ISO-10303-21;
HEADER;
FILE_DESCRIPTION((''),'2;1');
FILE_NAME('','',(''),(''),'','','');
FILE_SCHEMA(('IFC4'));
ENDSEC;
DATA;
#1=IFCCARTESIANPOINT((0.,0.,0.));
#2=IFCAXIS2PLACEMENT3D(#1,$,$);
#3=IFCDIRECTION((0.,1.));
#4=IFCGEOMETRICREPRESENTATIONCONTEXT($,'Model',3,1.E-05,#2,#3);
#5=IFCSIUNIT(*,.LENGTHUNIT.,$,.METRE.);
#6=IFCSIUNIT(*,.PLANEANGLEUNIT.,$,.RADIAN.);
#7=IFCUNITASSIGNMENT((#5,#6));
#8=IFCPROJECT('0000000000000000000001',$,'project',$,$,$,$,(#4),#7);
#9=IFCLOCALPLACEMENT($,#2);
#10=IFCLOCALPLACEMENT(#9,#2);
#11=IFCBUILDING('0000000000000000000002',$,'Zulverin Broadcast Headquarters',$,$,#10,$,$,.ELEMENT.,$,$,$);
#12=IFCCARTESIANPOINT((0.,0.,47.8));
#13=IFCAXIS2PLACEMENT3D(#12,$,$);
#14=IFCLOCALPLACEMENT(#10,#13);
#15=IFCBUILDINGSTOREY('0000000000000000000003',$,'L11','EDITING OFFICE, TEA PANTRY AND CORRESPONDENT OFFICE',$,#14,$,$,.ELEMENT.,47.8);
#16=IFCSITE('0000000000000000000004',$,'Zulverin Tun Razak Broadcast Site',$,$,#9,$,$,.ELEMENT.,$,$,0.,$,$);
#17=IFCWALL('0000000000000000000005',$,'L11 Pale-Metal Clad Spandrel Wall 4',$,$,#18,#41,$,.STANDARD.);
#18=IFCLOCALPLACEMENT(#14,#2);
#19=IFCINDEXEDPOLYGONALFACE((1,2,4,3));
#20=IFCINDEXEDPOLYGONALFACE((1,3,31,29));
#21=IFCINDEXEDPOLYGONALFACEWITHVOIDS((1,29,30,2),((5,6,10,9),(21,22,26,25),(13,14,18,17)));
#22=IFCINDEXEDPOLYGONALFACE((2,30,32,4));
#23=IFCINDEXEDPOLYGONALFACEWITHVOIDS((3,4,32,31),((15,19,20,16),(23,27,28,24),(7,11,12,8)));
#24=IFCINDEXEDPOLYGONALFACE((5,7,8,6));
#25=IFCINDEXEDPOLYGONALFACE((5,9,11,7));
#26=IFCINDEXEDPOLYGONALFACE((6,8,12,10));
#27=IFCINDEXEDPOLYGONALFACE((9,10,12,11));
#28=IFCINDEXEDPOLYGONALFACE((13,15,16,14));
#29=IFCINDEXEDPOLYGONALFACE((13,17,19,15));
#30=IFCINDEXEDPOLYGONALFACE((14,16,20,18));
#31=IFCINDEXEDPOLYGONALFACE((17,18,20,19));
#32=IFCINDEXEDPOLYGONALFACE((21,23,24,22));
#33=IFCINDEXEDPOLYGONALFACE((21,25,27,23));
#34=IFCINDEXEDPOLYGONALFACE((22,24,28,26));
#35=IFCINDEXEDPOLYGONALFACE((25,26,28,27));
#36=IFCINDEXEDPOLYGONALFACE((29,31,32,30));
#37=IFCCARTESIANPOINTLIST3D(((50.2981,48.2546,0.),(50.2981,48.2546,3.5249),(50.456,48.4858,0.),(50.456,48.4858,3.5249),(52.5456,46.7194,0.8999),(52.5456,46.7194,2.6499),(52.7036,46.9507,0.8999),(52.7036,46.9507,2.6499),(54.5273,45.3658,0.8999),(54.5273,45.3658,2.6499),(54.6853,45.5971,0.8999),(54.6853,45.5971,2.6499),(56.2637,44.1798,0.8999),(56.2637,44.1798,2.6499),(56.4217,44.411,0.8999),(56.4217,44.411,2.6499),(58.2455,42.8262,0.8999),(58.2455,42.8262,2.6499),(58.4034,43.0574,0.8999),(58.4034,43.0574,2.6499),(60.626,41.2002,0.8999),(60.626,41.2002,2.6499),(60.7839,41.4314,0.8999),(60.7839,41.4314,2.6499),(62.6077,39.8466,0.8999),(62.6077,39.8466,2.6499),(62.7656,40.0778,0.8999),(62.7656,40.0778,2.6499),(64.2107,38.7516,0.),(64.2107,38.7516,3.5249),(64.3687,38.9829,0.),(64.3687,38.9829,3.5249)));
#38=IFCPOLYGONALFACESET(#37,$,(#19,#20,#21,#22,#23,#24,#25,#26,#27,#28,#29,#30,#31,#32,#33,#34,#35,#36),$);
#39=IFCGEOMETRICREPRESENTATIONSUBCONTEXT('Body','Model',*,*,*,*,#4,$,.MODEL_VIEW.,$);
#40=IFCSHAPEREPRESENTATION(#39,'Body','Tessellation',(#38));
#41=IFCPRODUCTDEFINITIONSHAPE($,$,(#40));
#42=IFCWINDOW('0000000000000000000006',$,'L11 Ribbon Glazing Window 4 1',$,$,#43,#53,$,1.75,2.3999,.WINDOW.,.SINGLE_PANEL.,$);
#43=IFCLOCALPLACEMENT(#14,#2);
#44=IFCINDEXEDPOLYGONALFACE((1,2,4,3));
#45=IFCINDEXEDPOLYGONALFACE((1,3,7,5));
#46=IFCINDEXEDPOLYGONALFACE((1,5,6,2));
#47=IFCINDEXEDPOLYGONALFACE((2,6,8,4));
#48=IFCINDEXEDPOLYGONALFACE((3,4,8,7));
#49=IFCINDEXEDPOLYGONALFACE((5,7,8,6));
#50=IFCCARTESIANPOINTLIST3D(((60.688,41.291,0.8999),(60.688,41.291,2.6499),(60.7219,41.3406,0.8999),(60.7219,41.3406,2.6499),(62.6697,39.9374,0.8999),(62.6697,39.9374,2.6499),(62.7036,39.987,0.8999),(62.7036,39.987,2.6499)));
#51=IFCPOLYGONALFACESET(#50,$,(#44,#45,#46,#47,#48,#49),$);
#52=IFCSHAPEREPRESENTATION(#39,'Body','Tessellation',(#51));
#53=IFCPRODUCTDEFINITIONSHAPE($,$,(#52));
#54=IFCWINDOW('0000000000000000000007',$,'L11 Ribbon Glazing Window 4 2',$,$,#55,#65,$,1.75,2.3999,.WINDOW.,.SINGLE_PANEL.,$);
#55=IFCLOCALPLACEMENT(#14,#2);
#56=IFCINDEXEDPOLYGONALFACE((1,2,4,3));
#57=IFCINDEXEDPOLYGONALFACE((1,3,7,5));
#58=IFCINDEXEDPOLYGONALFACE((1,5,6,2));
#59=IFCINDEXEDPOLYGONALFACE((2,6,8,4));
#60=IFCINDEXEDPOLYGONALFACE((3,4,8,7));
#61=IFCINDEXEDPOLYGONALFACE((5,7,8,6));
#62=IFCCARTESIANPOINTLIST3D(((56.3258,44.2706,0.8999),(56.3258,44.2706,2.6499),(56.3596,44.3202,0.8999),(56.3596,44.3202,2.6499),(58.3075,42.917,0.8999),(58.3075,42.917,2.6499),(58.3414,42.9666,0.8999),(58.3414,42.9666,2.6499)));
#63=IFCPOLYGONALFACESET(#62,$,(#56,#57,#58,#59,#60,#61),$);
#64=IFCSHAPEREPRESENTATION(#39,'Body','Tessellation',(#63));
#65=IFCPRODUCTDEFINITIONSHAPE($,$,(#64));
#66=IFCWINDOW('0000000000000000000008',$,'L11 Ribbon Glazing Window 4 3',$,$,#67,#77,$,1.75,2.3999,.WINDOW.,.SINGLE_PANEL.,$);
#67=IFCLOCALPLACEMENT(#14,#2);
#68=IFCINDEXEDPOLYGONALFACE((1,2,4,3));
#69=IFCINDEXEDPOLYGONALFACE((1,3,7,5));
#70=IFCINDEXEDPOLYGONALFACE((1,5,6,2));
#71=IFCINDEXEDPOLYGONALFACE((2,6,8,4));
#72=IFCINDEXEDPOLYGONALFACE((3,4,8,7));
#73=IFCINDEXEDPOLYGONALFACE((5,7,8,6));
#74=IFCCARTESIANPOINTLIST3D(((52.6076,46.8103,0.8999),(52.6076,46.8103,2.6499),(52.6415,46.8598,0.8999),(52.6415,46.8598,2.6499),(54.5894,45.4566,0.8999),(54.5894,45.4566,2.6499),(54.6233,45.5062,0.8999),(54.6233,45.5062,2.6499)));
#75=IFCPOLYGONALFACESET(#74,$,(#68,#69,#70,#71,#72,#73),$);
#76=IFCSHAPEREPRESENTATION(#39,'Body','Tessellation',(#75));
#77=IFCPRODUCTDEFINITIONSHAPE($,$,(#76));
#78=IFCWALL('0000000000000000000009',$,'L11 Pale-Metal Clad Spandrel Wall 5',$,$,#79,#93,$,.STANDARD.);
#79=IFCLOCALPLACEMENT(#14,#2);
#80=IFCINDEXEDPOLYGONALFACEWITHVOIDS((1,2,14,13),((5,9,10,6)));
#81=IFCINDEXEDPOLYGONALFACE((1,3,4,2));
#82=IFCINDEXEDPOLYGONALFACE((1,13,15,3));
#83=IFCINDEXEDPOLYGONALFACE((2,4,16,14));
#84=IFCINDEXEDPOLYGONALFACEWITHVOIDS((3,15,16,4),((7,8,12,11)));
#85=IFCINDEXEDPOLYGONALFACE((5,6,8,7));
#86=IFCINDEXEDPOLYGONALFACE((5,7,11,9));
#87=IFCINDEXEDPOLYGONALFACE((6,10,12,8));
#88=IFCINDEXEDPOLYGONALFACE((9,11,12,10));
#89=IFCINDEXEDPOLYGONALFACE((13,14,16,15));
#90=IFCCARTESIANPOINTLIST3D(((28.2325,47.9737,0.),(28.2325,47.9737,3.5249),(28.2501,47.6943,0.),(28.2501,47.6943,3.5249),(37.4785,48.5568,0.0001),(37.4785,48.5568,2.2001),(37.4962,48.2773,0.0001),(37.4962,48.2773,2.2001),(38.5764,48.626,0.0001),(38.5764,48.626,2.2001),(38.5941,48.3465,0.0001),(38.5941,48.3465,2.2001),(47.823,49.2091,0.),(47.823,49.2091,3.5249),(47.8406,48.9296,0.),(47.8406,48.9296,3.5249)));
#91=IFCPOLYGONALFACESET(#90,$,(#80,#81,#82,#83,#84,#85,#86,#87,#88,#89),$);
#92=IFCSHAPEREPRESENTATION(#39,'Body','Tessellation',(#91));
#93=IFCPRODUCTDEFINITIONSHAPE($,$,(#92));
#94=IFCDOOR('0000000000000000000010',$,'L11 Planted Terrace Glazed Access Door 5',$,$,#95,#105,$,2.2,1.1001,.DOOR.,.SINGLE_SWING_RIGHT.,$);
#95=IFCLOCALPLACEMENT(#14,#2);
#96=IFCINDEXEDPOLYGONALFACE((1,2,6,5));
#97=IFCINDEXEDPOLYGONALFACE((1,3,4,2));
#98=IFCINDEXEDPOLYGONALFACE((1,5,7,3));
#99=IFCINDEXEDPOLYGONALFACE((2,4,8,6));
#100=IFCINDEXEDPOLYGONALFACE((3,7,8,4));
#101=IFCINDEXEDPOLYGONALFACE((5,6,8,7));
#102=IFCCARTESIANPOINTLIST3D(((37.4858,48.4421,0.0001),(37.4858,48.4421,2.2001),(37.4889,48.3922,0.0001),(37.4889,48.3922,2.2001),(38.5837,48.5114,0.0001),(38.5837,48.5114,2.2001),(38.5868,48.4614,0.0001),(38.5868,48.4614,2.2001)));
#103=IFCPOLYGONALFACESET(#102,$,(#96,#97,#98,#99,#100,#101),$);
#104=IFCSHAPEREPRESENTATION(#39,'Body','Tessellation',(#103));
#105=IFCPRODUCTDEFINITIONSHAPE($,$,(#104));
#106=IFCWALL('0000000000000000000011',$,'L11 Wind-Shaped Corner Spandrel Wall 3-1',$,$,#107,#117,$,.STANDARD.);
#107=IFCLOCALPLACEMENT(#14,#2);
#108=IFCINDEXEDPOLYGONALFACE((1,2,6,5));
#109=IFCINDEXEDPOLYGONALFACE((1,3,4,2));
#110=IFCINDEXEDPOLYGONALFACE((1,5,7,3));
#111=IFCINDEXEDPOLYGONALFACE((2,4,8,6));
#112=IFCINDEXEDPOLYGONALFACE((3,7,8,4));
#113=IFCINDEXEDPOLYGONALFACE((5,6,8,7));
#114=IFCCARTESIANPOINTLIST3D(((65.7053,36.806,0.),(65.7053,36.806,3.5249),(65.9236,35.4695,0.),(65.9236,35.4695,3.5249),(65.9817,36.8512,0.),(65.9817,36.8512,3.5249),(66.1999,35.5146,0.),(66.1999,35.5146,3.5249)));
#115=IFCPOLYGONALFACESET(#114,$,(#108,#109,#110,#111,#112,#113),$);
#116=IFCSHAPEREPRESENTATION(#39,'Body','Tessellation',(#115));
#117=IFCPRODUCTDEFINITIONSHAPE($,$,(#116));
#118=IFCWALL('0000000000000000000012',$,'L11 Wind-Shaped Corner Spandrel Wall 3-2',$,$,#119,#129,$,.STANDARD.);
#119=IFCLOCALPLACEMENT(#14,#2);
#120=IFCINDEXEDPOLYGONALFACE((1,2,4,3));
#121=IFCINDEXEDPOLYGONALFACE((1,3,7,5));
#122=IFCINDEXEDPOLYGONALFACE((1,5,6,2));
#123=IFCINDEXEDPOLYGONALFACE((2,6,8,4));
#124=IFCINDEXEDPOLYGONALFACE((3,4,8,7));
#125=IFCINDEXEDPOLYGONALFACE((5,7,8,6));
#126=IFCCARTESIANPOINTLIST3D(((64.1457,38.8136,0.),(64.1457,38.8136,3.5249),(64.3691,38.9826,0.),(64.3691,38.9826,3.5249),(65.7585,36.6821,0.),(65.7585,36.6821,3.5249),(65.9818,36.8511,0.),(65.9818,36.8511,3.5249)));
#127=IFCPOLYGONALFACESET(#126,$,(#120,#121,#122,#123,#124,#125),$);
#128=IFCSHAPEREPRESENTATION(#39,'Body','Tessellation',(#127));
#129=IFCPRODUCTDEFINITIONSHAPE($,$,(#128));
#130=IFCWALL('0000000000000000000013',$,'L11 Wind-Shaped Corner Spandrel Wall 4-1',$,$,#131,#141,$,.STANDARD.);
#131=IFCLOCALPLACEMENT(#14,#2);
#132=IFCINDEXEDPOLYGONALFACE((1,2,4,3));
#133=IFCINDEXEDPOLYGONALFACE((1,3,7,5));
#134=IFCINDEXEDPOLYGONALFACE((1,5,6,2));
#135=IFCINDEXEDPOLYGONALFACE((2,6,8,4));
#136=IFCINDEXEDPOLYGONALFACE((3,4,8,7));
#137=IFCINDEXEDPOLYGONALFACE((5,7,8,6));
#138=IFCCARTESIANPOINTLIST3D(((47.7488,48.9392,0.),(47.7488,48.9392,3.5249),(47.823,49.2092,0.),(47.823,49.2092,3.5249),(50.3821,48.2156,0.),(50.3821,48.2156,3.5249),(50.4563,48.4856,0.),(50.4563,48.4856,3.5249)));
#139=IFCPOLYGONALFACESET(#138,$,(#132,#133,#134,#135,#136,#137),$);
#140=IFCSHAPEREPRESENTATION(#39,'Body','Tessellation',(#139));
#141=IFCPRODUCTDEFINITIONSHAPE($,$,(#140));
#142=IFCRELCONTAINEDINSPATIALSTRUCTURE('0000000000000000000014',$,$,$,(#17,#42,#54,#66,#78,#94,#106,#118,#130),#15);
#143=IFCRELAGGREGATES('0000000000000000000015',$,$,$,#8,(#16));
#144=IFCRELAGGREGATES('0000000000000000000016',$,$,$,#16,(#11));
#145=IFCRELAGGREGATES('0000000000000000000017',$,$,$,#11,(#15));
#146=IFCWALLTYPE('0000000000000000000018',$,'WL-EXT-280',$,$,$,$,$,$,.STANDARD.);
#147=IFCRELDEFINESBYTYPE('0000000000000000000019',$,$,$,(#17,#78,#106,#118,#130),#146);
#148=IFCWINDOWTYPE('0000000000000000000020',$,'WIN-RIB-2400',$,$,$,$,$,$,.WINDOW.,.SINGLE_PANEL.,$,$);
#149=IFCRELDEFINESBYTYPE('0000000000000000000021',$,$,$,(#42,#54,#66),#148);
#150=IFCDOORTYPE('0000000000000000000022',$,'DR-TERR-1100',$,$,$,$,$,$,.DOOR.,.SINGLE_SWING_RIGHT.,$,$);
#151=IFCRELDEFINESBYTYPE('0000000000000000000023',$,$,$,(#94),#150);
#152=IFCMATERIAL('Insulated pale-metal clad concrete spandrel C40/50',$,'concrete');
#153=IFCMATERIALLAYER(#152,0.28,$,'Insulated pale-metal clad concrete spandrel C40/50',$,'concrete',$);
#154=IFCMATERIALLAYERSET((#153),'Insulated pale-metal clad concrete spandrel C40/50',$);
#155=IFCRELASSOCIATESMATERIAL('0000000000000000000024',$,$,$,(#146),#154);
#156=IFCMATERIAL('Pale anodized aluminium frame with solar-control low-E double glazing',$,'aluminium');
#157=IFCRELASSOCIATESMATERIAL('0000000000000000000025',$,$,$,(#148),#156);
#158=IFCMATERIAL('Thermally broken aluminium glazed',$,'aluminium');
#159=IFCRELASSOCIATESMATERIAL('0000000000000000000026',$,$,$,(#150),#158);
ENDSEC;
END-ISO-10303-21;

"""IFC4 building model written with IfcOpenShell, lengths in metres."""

from ifc_helpers import new_model, si_unit, direction, frame, frame_2d, origin, place, context, subcontext, project, spatial, rectangle, extrude, material, layer, layer_set, type_object, element, fill, save


model = new_model("IFC4")

# Units and contexts
model_context = context("Model", 3, precision=1e-05, world=origin(), true_north=direction((0.0, 1.0)))
body_context = subcontext(model_context, "Body", "Model", "MODEL_VIEW")
ifc_project = project(units=[si_unit("LENGTHUNIT", "METRE"), si_unit("PLANEANGLEUNIT", "RADIAN")], contexts=[model_context])

# Site, building, storey
site_placement = place(None, origin())
site = spatial("IfcSite", under=ifc_project, at=site_placement, Name="Zulverin Tun Razak Broadcast Site", CompositionType="ELEMENT", RefElevation=0.0)
building_placement = place(site_placement, origin())
building = spatial("IfcBuilding", under=site, at=building_placement, Name="Zulverin Broadcast Headquarters", CompositionType="ELEMENT")
storey_placement = place(building_placement, frame((0.0, 0.0, 47.8)))
storey = spatial("IfcBuildingStorey", under=building, at=storey_placement, Name="L11", Description="EDITING OFFICE, TEA PANTRY AND CORRESPONDENT OFFICE", CompositionType="ELEMENT", Elevation=47.8)

# Wall, openings, windows
ifc_material_1 = material(Name="Insulated pale-metal clad concrete spandrel C40/50", Category="concrete")
ifc_layer_1 = layer(ifc_material_1, 0.28, Name="Insulated pale-metal clad concrete spandrel C40/50", Category="concrete")
ifc_layer_set_1 = layer_set([ifc_layer_1], Name="Insulated pale-metal clad concrete spandrel C40/50")
wall_type = type_object("IfcWallType", Name="WL-EXT-280", PredefinedType="STANDARD", material=ifc_layer_set_1)
wall_1_placement = place(storey_placement, frame((64.2898, 38.8672, 0.0), z_axis=(0.0, 0.0, 1.0), x_axis=(-0.825756, 0.564028, 0.0)))
wall_1 = element("IfcWall", 1, at=wall_1_placement, inside=storey, type_object=wall_type, Name="L11 Pale-Metal Clad Spandrel Wall 4", PredefinedType="STANDARD", context=body_context, shape_type="SweptSolid", body=[
    extrude(rectangle(XDim=16.8484, YDim=0.28, at=frame_2d((8.4243, 0.0))), origin(), (0.0, 0.0, 1.0), 3.5249),
])
opening_1_placement = place(wall_1_placement, frame((1.9414, 0.0, 0.8999)))
opening_1 = element("IfcOpeningElement", 2, at=opening_1_placement, cuts=wall_1, PredefinedType="OPENING", context=body_context, shape_type="SweptSolid", body=[
    extrude(rectangle(XDim=2.3999, YDim=1.75, at=frame_2d((1.2, 0.875))), frame((0.0, 0.1499, 0.0), z_axis=(0.0, -1.0, 0.0), x_axis=(1.0, 0.0, 0.0)), (0.0, 0.0, 1.0), 0.3),
])
opening_2_placement = place(wall_1_placement, frame((7.2241, 0.0, 0.8999)))
opening_2 = element("IfcOpeningElement", 3, at=opening_2_placement, cuts=wall_1, PredefinedType="OPENING", context=body_context, shape_type="SweptSolid", body=[
    extrude(rectangle(XDim=2.3999, YDim=1.75, at=frame_2d((1.2, 0.875))), frame((0.0, 0.1499, 0.0), z_axis=(0.0, -1.0, 0.0), x_axis=(1.0, 0.0, 0.0)), (0.0, 0.0, 1.0), 0.3),
])
opening_3_placement = place(wall_1_placement, frame((11.7268, 0.0, 0.8999)))
opening_3 = element("IfcOpeningElement", 4, at=opening_3_placement, cuts=wall_1, PredefinedType="OPENING", context=body_context, shape_type="SweptSolid", body=[
    extrude(rectangle(XDim=2.3999, YDim=1.75, at=frame_2d((1.2, 0.875))), frame((0.0, 0.1499, 0.0), z_axis=(0.0, -1.0, 0.0), x_axis=(1.0, 0.0, 0.0)), (0.0, 0.0, 1.0), 0.3),
])
ifc_material_2 = material(Name="Pale anodized aluminium frame with solar-control low-E double glazing", Category="aluminium")
window_type = type_object("IfcWindowType", Name="WIN-RIB-2400", PartitioningType="SINGLE_PANEL", PredefinedType="WINDOW", material=ifc_material_2)
window_1_placement = place(opening_1_placement, origin())
window_1 = element("IfcWindow", 5, at=window_1_placement, inside=storey, type_object=window_type, Name="L11 Ribbon Glazing Window 4 1", OverallHeight=1.75, OverallWidth=2.3999, PartitioningType="SINGLE_PANEL", PredefinedType="WINDOW", context=body_context, shape_type="SweptSolid", body=[
    extrude(rectangle(XDim=2.3999, YDim=1.75, at=frame_2d((1.2, 0.875))), frame((0.0, 0.03, 0.0), z_axis=(0.0, -1.0, 0.0), x_axis=(1.0, 0.0, 0.0)), (0.0, 0.0, 1.0), 0.0601),
])
fill(opening_1, window_1)
window_2_placement = place(opening_2_placement, origin())
window_2 = element("IfcWindow", 6, at=window_2_placement, inside=storey, type_object=window_type, Name="L11 Ribbon Glazing Window 4 2", OverallHeight=1.75, OverallWidth=2.3999, PartitioningType="SINGLE_PANEL", PredefinedType="WINDOW", context=body_context, shape_type="SweptSolid", body=[
    extrude(rectangle(XDim=2.3999, YDim=1.75, at=frame_2d((1.2, 0.875))), frame((0.0, 0.03, 0.0), z_axis=(0.0, -1.0, 0.0), x_axis=(1.0, 0.0, 0.0)), (0.0, 0.0, 1.0), 0.0601),
])
fill(opening_2, window_2)
window_3_placement = place(opening_3_placement, origin())
window_3 = element("IfcWindow", 7, at=window_3_placement, inside=storey, type_object=window_type, Name="L11 Ribbon Glazing Window 4 3", OverallHeight=1.75, OverallWidth=2.3999, PartitioningType="SINGLE_PANEL", PredefinedType="WINDOW", context=body_context, shape_type="SweptSolid", body=[
    extrude(rectangle(XDim=2.3999, YDim=1.75, at=frame_2d((1.2, 0.875))), frame((0.0, 0.03, 0.0), z_axis=(0.0, -1.0, 0.0), x_axis=(1.0, 0.0, 0.0)), (0.0, 0.0, 1.0), 0.0601),
])
fill(opening_3, window_3)

# Wall, opening, door
wall_2_placement = place(storey_placement, frame((47.8318, 49.0693, 0.0), z_axis=(0.0, 0.0, 1.0), x_axis=(-0.998018, -0.062933, 0.0)))
wall_2 = element("IfcWall", 8, at=wall_2_placement, inside=storey, type_object=wall_type, Name="L11 Pale-Metal Clad Spandrel Wall 5", PredefinedType="STANDARD", context=body_context, shape_type="SweptSolid", body=[
    extrude(rectangle(XDim=19.6294, YDim=0.28, at=frame_2d((9.8147, 0.0))), origin(), (0.0, 0.0, 1.0), 3.5249),
])
opening_4_placement = place(wall_2_placement, frame((9.2649, 0.0, 0.0)))
opening_4 = element("IfcOpeningElement", 9, at=opening_4_placement, cuts=wall_2, PredefinedType="OPENING", context=body_context, shape_type="SweptSolid", body=[
    extrude(rectangle(XDim=1.1001, YDim=2.2, at=frame_2d((0.55, 1.1001))), frame((0.0, 0.1499, 0.0), z_axis=(0.0, -1.0, 0.0), x_axis=(1.0, 0.0, 0.0)), (0.0, 0.0, 1.0), 0.3),
])
ifc_material_3 = material(Name="Thermally broken aluminium glazed", Category="aluminium")
door_type = type_object("IfcDoorType", Name="DR-TERR-1100", OperationType="SINGLE_SWING_RIGHT", PredefinedType="DOOR", material=ifc_material_3)
door_placement = place(opening_4_placement, origin())
door = element("IfcDoor", 10, at=door_placement, inside=storey, type_object=door_type, Name="L11 Planted Terrace Glazed Access Door 5", OperationType="SINGLE_SWING_RIGHT", OverallHeight=2.2, OverallWidth=1.1001, PredefinedType="DOOR", context=body_context, shape_type="SweptSolid", body=[
    extrude(rectangle(XDim=1.1001, YDim=2.2, at=frame_2d((0.55, 1.1001))), frame((0.0, 0.0249, 0.0), z_axis=(0.0, -1.0, 0.0), x_axis=(1.0, 0.0, 0.0)), (0.0, 0.0, 1.0), 0.05),
])
fill(opening_4, door)

# Walls
wall_3_placement = place(storey_placement, frame((66.0618, 35.4919, 0.0), z_axis=(0.0, 0.0, 1.0), x_axis=(-0.161182, 0.986925, 0.0)))
element("IfcWall", 11, at=wall_3_placement, inside=storey, type_object=wall_type, Name="L11 Wind-Shaped Corner Spandrel Wall 3-1", PredefinedType="STANDARD", context=body_context, shape_type="SweptSolid", body=[
    extrude(rectangle(XDim=1.3542, YDim=0.28, at=frame_2d((0.6772, 0.0))), origin(), (0.0, 0.0, 1.0), 3.5249),
])
wall_4_placement = place(storey_placement, frame((65.8701, 36.7666, 0.0), z_axis=(0.0, 0.0, 1.0), x_axis=(-0.60337, 0.797461, 0.0)))
element("IfcWall", 12, at=wall_4_placement, inside=storey, type_object=wall_type, Name="L11 Wind-Shaped Corner Spandrel Wall 3-2", PredefinedType="STANDARD", context=body_context, shape_type="SweptSolid", body=[
    extrude(rectangle(XDim=2.6729, YDim=0.28, at=frame_2d((1.3364, 0.0))), origin(), (0.0, 0.0, 1.0), 3.5249),
])
wall_5_placement = place(storey_placement, frame((50.4192, 48.3506, 0.0), z_axis=(0.0, 0.0, 1.0), x_axis=(-0.964255, 0.264978, 0.0)))
element("IfcWall", 13, at=wall_5_placement, inside=storey, type_object=wall_type, Name="L11 Wind-Shaped Corner Spandrel Wall 4-1", PredefinedType="STANDARD", context=body_context, shape_type="SweptSolid", body=[
    extrude(rectangle(XDim=2.731, YDim=0.28, at=frame_2d((1.3655, 0.0))), origin(), (0.0, 0.0, 1.0), 3.5249),
])

save(model, "model.ifc")
